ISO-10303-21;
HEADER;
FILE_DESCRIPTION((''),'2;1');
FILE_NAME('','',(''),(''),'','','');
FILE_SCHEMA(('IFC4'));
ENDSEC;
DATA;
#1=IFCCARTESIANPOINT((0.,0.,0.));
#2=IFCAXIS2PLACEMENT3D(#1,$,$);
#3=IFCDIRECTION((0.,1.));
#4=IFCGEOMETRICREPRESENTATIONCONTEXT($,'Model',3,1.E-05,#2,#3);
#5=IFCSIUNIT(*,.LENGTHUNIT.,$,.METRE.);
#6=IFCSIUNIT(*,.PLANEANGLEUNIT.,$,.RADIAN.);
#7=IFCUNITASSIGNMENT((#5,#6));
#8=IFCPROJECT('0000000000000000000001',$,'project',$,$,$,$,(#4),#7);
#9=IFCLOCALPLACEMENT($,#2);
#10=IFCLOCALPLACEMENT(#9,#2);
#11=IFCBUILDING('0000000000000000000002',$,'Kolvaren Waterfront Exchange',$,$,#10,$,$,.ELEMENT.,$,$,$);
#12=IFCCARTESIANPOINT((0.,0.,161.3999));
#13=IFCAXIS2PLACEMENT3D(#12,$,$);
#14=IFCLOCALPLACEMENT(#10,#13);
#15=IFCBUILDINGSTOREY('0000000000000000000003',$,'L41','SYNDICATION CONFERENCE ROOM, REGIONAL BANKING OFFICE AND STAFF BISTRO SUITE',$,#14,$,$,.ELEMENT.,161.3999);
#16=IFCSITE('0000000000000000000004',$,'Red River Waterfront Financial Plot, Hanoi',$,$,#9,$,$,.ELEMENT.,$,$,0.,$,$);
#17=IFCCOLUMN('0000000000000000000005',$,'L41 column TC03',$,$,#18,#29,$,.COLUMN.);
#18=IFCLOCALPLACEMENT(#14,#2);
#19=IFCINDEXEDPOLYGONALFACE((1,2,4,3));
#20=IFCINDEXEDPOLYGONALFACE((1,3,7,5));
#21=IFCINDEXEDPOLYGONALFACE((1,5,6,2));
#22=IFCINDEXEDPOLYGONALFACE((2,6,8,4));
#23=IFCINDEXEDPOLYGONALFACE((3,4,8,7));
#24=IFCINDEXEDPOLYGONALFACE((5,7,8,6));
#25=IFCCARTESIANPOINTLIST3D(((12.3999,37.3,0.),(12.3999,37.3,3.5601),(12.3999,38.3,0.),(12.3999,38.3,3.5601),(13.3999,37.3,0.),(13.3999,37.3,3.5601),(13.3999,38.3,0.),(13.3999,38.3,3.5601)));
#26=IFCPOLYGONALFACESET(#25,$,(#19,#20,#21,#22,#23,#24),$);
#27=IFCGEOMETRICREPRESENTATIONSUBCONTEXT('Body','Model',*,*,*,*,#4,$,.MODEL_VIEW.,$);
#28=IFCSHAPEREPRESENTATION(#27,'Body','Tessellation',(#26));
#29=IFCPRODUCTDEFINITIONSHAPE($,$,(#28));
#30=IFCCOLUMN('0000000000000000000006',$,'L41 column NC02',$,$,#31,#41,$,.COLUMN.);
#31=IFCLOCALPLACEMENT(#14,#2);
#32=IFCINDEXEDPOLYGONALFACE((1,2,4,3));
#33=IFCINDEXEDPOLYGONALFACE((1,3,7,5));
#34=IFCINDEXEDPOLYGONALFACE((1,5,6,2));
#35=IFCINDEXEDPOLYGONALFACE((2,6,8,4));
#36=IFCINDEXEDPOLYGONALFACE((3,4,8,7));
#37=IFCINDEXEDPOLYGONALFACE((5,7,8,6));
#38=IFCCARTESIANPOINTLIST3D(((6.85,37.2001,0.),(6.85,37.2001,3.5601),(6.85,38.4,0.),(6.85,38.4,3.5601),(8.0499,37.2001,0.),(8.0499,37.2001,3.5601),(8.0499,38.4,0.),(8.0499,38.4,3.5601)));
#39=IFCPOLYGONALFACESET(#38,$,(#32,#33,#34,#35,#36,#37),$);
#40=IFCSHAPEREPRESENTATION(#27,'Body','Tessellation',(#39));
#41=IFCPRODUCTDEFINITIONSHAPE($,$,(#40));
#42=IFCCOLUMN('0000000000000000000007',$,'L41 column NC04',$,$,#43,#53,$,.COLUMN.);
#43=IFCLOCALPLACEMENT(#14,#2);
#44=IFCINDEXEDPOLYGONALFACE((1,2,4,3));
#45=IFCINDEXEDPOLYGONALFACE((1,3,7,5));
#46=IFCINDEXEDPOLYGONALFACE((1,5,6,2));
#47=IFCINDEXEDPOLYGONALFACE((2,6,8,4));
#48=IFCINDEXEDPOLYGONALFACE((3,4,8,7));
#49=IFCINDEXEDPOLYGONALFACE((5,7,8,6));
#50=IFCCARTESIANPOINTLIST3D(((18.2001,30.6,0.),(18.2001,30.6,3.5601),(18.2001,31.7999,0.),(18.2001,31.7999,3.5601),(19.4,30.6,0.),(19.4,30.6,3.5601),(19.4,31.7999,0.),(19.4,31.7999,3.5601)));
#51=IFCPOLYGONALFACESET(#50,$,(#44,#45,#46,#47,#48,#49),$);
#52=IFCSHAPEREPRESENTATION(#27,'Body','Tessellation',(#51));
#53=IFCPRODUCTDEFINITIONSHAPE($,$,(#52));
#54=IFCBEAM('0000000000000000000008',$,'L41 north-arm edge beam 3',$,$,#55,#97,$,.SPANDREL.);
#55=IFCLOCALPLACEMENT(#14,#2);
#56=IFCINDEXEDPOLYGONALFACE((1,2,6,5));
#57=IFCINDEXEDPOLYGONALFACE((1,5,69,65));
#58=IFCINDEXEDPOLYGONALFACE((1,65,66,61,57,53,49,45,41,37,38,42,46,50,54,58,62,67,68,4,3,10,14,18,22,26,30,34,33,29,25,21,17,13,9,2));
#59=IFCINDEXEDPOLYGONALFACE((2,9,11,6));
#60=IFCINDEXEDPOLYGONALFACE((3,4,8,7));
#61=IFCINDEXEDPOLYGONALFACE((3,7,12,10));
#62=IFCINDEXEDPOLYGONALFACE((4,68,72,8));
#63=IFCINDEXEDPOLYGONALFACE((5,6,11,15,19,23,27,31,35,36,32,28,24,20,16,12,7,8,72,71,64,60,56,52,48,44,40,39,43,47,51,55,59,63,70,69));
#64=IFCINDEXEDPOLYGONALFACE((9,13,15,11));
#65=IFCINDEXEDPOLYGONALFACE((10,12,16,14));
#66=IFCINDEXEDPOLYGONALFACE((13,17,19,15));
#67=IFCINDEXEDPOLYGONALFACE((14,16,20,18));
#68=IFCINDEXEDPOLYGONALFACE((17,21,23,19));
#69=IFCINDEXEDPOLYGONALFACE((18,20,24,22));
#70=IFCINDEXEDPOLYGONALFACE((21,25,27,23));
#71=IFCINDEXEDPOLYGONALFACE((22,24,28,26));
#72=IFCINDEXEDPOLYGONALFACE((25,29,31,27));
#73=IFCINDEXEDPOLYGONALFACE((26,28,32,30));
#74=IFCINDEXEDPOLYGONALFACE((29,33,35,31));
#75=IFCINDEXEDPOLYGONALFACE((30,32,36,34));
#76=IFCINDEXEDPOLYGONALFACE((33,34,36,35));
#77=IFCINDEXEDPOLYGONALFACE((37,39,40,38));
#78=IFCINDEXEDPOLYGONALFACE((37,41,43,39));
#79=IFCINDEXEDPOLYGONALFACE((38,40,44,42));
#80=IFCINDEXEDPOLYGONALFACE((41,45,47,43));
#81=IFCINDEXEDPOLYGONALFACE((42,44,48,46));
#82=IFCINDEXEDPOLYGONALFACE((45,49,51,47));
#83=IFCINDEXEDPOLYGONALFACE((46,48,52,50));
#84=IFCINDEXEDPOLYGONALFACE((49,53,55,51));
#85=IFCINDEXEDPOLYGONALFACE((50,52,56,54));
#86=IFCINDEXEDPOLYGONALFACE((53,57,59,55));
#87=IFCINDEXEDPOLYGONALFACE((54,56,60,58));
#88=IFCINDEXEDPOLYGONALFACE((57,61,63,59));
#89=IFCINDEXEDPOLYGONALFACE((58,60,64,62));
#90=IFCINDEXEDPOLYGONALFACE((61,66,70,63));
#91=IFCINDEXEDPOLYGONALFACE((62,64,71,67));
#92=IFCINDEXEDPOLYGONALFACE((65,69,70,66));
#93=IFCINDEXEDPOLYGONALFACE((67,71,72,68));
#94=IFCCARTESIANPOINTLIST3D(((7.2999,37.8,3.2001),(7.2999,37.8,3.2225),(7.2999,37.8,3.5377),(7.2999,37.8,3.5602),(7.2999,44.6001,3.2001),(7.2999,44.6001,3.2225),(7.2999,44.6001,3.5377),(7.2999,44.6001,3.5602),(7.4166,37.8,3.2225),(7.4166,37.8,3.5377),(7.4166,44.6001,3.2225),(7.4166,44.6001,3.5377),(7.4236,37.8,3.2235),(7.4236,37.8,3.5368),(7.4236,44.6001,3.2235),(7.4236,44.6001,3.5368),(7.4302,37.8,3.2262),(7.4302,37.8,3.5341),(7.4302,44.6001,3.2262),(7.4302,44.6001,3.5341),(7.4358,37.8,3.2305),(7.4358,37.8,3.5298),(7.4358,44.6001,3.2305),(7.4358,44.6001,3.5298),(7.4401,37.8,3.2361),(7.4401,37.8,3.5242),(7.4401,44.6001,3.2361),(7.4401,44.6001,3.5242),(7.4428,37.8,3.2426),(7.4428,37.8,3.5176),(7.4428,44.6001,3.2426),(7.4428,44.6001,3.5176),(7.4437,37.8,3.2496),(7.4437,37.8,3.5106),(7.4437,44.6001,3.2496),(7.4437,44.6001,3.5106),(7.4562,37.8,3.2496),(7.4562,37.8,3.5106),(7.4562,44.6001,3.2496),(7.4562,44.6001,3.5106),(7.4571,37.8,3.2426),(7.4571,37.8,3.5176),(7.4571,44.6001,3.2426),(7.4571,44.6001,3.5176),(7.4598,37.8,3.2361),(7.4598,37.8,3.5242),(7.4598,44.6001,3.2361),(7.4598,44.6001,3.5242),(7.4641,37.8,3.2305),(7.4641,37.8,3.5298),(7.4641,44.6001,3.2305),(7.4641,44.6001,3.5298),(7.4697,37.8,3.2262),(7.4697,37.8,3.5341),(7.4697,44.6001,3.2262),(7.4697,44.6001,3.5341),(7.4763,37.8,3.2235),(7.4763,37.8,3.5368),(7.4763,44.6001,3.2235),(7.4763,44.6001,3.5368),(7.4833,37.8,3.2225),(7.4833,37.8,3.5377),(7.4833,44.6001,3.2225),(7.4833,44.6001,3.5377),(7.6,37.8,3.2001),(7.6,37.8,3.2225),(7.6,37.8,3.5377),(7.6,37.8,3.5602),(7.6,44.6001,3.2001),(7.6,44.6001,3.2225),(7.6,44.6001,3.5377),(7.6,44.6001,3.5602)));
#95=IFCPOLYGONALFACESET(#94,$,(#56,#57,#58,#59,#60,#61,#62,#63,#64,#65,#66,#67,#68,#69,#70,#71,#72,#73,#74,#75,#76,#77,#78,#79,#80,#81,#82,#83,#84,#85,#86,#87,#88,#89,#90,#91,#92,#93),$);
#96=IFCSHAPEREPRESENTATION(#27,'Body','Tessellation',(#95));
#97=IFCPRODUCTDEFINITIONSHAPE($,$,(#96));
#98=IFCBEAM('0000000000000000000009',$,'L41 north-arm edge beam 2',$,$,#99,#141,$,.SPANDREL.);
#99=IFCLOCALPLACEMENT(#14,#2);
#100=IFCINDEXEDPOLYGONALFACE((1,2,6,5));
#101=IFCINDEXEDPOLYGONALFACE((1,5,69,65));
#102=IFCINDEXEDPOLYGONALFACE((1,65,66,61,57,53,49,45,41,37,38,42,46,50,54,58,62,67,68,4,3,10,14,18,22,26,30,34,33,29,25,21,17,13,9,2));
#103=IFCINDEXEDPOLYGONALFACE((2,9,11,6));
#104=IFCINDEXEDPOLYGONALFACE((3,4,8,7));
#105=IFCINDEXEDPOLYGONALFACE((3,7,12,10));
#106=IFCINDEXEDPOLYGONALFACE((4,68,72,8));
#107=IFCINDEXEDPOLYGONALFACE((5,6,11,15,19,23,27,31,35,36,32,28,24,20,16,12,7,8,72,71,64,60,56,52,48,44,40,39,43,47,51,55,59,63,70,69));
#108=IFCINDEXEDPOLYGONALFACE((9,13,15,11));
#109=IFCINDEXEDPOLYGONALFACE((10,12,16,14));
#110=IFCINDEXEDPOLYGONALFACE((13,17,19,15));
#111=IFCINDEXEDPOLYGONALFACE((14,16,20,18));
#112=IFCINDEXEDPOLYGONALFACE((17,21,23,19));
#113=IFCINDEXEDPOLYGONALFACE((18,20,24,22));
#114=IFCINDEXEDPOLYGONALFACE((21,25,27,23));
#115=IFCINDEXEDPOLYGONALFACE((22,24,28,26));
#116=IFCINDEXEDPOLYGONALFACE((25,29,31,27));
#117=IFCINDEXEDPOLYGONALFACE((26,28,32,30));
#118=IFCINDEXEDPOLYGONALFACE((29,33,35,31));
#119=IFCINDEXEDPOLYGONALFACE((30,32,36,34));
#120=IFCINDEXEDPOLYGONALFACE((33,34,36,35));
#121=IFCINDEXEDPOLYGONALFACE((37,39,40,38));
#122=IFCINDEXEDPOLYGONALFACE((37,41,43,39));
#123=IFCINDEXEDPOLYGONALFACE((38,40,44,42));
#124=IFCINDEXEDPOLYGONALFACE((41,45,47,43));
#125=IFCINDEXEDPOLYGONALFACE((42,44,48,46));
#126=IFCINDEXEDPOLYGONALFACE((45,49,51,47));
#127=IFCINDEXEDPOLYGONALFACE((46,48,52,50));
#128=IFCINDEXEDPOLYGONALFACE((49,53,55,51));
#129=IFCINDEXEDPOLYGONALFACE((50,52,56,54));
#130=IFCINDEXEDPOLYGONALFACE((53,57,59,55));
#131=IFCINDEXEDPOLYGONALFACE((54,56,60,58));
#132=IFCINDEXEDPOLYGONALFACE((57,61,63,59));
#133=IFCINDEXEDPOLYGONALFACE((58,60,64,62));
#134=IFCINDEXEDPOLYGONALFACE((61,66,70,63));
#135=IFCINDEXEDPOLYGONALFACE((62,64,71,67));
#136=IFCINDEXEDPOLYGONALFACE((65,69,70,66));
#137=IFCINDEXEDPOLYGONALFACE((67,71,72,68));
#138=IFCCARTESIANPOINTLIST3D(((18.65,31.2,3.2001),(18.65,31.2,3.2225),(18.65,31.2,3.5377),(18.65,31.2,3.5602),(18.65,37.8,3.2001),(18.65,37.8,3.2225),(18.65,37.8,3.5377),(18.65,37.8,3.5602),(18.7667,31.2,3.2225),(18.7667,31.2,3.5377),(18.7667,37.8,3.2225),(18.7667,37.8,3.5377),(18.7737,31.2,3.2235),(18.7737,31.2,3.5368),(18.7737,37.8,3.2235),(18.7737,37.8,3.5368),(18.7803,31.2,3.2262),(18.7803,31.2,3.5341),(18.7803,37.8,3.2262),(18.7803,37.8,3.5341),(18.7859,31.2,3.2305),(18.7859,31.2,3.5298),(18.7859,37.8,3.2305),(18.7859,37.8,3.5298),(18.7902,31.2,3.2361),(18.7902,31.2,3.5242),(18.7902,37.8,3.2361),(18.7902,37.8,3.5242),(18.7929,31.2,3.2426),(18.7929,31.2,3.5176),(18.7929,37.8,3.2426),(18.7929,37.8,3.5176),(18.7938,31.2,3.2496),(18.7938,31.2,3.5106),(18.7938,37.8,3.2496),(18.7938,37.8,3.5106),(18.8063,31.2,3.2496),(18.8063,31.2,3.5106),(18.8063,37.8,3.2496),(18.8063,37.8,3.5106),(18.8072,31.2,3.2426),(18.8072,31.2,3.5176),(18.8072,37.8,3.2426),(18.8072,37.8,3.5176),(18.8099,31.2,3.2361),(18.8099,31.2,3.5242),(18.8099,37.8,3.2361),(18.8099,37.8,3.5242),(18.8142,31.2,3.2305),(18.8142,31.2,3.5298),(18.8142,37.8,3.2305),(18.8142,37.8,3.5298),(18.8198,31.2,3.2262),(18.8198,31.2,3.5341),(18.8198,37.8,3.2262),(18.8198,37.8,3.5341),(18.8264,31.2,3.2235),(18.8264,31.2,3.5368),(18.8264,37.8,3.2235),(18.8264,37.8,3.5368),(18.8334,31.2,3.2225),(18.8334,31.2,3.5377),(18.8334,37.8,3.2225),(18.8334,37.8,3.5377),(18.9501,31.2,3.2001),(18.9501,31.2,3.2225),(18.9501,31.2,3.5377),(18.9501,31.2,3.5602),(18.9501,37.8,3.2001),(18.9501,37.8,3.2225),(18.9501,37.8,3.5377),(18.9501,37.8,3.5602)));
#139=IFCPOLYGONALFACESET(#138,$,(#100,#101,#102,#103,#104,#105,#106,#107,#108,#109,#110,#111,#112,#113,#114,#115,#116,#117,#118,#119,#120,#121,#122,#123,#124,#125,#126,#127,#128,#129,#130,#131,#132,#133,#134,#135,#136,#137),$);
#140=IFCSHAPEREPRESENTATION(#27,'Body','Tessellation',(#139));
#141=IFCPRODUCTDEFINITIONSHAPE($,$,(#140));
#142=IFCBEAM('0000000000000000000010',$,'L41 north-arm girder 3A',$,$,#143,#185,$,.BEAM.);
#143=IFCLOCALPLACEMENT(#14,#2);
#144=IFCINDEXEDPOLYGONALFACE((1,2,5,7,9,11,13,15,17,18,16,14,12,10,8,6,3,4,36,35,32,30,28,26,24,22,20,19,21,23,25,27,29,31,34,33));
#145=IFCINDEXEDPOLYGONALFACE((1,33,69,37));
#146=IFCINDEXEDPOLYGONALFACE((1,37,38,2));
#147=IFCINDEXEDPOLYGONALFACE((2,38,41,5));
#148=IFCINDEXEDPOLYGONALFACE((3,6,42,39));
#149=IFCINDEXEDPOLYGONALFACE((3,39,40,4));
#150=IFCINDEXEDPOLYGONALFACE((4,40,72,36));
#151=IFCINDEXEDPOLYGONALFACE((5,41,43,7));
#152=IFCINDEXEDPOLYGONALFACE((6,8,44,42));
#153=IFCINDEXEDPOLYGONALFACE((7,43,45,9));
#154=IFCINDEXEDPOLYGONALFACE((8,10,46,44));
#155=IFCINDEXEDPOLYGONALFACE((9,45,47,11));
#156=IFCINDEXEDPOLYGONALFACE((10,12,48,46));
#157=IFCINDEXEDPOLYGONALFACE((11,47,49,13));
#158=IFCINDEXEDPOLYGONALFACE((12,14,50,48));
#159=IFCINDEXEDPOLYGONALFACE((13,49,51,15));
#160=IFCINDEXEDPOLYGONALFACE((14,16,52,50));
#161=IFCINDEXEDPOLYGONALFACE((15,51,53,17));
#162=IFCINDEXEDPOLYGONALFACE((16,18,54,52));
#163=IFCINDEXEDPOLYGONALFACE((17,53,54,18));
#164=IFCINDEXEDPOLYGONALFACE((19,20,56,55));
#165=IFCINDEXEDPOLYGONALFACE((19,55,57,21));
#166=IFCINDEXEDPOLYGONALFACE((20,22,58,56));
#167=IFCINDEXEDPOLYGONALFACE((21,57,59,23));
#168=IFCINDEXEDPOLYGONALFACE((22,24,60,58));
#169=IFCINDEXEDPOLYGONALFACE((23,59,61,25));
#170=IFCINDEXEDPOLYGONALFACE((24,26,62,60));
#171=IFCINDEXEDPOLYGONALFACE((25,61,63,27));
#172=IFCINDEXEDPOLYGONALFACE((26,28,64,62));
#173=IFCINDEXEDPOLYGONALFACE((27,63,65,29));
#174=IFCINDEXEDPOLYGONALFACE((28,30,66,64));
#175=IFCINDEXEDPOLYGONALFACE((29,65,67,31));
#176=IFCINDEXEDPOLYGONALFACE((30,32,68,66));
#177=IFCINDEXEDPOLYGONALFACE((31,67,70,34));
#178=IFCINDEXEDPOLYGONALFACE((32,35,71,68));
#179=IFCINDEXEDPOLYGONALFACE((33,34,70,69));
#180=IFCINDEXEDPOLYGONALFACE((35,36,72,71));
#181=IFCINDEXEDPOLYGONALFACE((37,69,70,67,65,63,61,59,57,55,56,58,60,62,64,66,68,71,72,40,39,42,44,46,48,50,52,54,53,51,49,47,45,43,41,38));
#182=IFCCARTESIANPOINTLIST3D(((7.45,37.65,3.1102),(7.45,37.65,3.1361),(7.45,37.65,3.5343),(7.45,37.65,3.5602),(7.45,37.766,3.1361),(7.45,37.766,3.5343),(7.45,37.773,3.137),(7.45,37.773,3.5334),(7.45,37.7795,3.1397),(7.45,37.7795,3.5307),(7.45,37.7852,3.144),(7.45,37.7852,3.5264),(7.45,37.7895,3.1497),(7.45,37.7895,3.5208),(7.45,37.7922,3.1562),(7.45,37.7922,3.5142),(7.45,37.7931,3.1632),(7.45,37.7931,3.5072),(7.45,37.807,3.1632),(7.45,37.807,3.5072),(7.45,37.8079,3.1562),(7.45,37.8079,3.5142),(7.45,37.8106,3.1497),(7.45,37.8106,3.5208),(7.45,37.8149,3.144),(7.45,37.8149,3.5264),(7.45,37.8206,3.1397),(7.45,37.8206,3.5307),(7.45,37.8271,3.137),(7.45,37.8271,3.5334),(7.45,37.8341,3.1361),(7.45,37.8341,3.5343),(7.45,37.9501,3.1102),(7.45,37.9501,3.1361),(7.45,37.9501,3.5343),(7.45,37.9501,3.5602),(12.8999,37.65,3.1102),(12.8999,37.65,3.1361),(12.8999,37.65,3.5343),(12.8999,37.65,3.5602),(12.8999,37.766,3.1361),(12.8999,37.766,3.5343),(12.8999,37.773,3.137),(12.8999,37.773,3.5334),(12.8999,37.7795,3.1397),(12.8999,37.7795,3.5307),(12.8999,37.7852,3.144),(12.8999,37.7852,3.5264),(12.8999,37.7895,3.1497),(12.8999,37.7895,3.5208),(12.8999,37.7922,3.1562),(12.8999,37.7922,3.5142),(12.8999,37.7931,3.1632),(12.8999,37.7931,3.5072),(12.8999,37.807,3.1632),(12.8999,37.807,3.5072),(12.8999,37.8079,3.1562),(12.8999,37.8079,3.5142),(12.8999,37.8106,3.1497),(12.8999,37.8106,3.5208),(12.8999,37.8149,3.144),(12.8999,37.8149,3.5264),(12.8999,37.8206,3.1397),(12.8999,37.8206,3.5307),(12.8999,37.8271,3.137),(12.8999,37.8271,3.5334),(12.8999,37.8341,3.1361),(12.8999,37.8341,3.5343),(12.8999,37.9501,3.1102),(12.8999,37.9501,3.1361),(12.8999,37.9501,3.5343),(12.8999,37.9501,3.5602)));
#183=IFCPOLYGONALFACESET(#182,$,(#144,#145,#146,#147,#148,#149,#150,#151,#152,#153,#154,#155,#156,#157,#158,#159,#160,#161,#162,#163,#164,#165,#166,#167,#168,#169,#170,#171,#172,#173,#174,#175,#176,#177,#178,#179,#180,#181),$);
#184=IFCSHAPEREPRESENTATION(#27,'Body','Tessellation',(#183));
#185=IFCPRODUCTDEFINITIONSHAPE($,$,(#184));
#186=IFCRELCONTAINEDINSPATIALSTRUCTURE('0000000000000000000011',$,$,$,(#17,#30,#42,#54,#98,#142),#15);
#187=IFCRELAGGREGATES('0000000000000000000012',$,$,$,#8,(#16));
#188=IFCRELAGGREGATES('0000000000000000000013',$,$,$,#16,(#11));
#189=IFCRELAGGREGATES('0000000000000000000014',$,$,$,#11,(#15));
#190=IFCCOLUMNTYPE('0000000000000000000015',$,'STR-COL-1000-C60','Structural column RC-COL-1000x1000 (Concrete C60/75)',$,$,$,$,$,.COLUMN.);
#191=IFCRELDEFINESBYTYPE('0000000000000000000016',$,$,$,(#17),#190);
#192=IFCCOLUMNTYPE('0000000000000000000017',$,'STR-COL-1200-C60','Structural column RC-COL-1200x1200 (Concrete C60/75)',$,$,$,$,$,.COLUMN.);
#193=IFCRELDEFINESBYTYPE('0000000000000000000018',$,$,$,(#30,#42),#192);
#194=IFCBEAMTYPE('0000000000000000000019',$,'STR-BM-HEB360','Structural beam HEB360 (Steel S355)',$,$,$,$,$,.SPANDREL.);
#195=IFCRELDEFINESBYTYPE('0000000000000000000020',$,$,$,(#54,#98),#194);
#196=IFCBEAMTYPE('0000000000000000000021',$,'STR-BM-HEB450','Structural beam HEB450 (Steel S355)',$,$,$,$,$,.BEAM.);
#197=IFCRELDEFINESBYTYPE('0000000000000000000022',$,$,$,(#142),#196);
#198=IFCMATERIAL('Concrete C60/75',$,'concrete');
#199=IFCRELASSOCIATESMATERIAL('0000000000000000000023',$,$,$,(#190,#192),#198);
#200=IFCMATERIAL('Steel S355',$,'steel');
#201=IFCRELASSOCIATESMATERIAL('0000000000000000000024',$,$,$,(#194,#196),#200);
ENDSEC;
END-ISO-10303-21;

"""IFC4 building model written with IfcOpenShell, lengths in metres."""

from ifc_helpers import new_model, si_unit, direction, frame, origin, origin_2d, place, context, subcontext, project, spatial, rectangle, i_section, extrude, material, material_profile, profile_set, type_object, element, save


model = new_model("IFC4")

# Units and contexts
model_context = context("Model", 3, precision=1e-05, world=origin(), true_north=direction((0.0, 1.0)))
body_context = subcontext(model_context, "Body", "Model", "MODEL_VIEW")
ifc_project = project(units=[si_unit("LENGTHUNIT", "METRE"), si_unit("PLANEANGLEUNIT", "RADIAN")], contexts=[model_context])

# Site, building, storey
site_placement = place(None, origin())
site = spatial("IfcSite", under=ifc_project, at=site_placement, Name="Red River Waterfront Financial Plot, Hanoi", CompositionType="ELEMENT", RefElevation=0.0)
building_placement = place(site_placement, origin())
building = spatial("IfcBuilding", under=site, at=building_placement, Name="Kolvaren Waterfront Exchange", CompositionType="ELEMENT")
storey_placement = place(building_placement, frame((0.0, 0.0, 161.3999)))
storey = spatial("IfcBuildingStorey", under=building, at=storey_placement, Name="L41", Description="SYNDICATION CONFERENCE ROOM, REGIONAL BANKING OFFICE AND STAFF BISTRO SUITE", CompositionType="ELEMENT", Elevation=161.3999)

# Columns
ifc_material_1 = material(Name="Concrete C60/75", Category="concrete")
ifc_material_profile_1 = material_profile(ifc_material_1, rectangle(XDim=1.0, YDim=1.0, at=origin_2d()), Name="RC-COL-1000x1000")
ifc_profile_set_1 = profile_set([ifc_material_profile_1], Name="Concrete C60/75")
column_type_1 = type_object("IfcColumnType", Name="STR-COL-1000-C60", Description="Structural column RC-COL-1000x1000 (Concrete C60/75)", PredefinedType="COLUMN", material=ifc_profile_set_1)
column_placement = place(storey_placement, frame((12.8999, 37.8, 0.0), z_axis=(0.0, 0.0, 1.0), x_axis=(1.0, 0.0, 0.0)))
element("IfcColumn", 1, at=column_placement, inside=storey, type_object=column_type_1, Name="L41 column TC03", PredefinedType="COLUMN", context=body_context, shape_type="SweptSolid", body=[
    extrude(rectangle(XDim=1.0, YDim=1.0, at=origin_2d()), origin(), (0.0, 0.0, 1.0), 3.5601),
])
ifc_material_profile_2 = material_profile(ifc_material_1, rectangle(XDim=1.2, YDim=1.2, at=origin_2d()), Name="RC-COL-1200x1200")
ifc_profile_set_2 = profile_set([ifc_material_profile_2], Name="Concrete C60/75")
column_type_2 = type_object("IfcColumnType", Name="STR-COL-1200-C60", Description="Structural column RC-COL-1200x1200 (Concrete C60/75)", PredefinedType="COLUMN", material=ifc_profile_set_2)
for number, where, z_axis, x_axis, name in (
    (2, (7.45, 37.8, 0.0), (0.0, 0.0, 1.0), (1.0, 0.0, 0.0), "L41 column NC02"),
    (3, (18.8, 31.2, 0.0), (0.0, 0.0, 1.0), (1.0, 0.0, 0.0), "L41 column NC04"),
):
    element("IfcColumn", number, at=place(storey_placement, frame(where, z_axis=z_axis, x_axis=x_axis)), inside=storey, type_object=column_type_2, Name=name, PredefinedType="COLUMN", context=body_context, shape_type="SweptSolid", body=[
        extrude(rectangle(XDim=1.2, YDim=1.2, at=origin_2d()), origin(), (0.0, 0.0, 1.0), 3.5601),
    ])

# Beams
ifc_material_2 = material(Name="Steel S355", Category="steel")
ifc_material_profile_3 = material_profile(ifc_material_2, i_section(OverallWidth=0.3, OverallDepth=0.3601, WebThickness=0.0125, FlangeThickness=0.0225, FilletRadius=0.0271, at=origin_2d()), Name="HEB360")
ifc_profile_set_3 = profile_set([ifc_material_profile_3], Name="Steel S355")
beam_type_1 = type_object("IfcBeamType", Name="STR-BM-HEB360", Description="Structural beam HEB360 (Steel S355)", PredefinedType="SPANDREL", material=ifc_profile_set_3)
beam_1_placement = place(storey_placement, frame((7.45, 37.8, 3.3801), z_axis=(0.0, 1.0, 0.0), x_axis=(-1.0, 0.0, 0.0)))
element("IfcBeam", 4, at=beam_1_placement, inside=storey, type_object=beam_type_1, Name="L41 north-arm edge beam 3", PredefinedType="SPANDREL", context=body_context, shape_type="SweptSolid", body=[
    extrude(i_section(OverallWidth=0.3, OverallDepth=0.3601, WebThickness=0.0125, FlangeThickness=0.0225, FilletRadius=0.0271, at=origin_2d()), origin(), (0.0, 0.0, 1.0), 6.8),
])
beam_2_placement = place(storey_placement, frame((18.8, 31.2, 3.3801), z_axis=(0.0, 1.0, 0.0), x_axis=(-1.0, 0.0, 0.0)))
element("IfcBeam", 5, at=beam_2_placement, inside=storey, type_object=beam_type_1, Name="L41 north-arm edge beam 2", PredefinedType="SPANDREL", context=body_context, shape_type="SweptSolid", body=[
    extrude(i_section(OverallWidth=0.3, OverallDepth=0.3601, WebThickness=0.0125, FlangeThickness=0.0225, FilletRadius=0.0271, at=origin_2d()), origin(), (0.0, 0.0, 1.0), 6.6001),
])
ifc_material_profile_4 = material_profile(ifc_material_2, i_section(OverallWidth=0.3, OverallDepth=0.45, WebThickness=0.0139, FlangeThickness=0.0259, FilletRadius=0.0271, at=origin_2d()), Name="HEB450")
ifc_profile_set_4 = profile_set([ifc_material_profile_4], Name="Steel S355")
beam_type_2 = type_object("IfcBeamType", Name="STR-BM-HEB450", Description="Structural beam HEB450 (Steel S355)", PredefinedType="BEAM", material=ifc_profile_set_4)
beam_3_placement = place(storey_placement, frame((7.45, 37.8, 3.3352), z_axis=(1.0, 0.0, 0.0), x_axis=(0.0, 1.0, 0.0)))
element("IfcBeam", 6, at=beam_3_placement, inside=storey, type_object=beam_type_2, Name="L41 north-arm girder 3A", PredefinedType="BEAM", context=body_context, shape_type="SweptSolid", body=[
    extrude(i_section(OverallWidth=0.3, OverallDepth=0.45, WebThickness=0.0139, FlangeThickness=0.0259, FilletRadius=0.0271, at=origin_2d()), origin(), (0.0, 0.0, 1.0), 5.45),
])

save(model, "model.ifc")
